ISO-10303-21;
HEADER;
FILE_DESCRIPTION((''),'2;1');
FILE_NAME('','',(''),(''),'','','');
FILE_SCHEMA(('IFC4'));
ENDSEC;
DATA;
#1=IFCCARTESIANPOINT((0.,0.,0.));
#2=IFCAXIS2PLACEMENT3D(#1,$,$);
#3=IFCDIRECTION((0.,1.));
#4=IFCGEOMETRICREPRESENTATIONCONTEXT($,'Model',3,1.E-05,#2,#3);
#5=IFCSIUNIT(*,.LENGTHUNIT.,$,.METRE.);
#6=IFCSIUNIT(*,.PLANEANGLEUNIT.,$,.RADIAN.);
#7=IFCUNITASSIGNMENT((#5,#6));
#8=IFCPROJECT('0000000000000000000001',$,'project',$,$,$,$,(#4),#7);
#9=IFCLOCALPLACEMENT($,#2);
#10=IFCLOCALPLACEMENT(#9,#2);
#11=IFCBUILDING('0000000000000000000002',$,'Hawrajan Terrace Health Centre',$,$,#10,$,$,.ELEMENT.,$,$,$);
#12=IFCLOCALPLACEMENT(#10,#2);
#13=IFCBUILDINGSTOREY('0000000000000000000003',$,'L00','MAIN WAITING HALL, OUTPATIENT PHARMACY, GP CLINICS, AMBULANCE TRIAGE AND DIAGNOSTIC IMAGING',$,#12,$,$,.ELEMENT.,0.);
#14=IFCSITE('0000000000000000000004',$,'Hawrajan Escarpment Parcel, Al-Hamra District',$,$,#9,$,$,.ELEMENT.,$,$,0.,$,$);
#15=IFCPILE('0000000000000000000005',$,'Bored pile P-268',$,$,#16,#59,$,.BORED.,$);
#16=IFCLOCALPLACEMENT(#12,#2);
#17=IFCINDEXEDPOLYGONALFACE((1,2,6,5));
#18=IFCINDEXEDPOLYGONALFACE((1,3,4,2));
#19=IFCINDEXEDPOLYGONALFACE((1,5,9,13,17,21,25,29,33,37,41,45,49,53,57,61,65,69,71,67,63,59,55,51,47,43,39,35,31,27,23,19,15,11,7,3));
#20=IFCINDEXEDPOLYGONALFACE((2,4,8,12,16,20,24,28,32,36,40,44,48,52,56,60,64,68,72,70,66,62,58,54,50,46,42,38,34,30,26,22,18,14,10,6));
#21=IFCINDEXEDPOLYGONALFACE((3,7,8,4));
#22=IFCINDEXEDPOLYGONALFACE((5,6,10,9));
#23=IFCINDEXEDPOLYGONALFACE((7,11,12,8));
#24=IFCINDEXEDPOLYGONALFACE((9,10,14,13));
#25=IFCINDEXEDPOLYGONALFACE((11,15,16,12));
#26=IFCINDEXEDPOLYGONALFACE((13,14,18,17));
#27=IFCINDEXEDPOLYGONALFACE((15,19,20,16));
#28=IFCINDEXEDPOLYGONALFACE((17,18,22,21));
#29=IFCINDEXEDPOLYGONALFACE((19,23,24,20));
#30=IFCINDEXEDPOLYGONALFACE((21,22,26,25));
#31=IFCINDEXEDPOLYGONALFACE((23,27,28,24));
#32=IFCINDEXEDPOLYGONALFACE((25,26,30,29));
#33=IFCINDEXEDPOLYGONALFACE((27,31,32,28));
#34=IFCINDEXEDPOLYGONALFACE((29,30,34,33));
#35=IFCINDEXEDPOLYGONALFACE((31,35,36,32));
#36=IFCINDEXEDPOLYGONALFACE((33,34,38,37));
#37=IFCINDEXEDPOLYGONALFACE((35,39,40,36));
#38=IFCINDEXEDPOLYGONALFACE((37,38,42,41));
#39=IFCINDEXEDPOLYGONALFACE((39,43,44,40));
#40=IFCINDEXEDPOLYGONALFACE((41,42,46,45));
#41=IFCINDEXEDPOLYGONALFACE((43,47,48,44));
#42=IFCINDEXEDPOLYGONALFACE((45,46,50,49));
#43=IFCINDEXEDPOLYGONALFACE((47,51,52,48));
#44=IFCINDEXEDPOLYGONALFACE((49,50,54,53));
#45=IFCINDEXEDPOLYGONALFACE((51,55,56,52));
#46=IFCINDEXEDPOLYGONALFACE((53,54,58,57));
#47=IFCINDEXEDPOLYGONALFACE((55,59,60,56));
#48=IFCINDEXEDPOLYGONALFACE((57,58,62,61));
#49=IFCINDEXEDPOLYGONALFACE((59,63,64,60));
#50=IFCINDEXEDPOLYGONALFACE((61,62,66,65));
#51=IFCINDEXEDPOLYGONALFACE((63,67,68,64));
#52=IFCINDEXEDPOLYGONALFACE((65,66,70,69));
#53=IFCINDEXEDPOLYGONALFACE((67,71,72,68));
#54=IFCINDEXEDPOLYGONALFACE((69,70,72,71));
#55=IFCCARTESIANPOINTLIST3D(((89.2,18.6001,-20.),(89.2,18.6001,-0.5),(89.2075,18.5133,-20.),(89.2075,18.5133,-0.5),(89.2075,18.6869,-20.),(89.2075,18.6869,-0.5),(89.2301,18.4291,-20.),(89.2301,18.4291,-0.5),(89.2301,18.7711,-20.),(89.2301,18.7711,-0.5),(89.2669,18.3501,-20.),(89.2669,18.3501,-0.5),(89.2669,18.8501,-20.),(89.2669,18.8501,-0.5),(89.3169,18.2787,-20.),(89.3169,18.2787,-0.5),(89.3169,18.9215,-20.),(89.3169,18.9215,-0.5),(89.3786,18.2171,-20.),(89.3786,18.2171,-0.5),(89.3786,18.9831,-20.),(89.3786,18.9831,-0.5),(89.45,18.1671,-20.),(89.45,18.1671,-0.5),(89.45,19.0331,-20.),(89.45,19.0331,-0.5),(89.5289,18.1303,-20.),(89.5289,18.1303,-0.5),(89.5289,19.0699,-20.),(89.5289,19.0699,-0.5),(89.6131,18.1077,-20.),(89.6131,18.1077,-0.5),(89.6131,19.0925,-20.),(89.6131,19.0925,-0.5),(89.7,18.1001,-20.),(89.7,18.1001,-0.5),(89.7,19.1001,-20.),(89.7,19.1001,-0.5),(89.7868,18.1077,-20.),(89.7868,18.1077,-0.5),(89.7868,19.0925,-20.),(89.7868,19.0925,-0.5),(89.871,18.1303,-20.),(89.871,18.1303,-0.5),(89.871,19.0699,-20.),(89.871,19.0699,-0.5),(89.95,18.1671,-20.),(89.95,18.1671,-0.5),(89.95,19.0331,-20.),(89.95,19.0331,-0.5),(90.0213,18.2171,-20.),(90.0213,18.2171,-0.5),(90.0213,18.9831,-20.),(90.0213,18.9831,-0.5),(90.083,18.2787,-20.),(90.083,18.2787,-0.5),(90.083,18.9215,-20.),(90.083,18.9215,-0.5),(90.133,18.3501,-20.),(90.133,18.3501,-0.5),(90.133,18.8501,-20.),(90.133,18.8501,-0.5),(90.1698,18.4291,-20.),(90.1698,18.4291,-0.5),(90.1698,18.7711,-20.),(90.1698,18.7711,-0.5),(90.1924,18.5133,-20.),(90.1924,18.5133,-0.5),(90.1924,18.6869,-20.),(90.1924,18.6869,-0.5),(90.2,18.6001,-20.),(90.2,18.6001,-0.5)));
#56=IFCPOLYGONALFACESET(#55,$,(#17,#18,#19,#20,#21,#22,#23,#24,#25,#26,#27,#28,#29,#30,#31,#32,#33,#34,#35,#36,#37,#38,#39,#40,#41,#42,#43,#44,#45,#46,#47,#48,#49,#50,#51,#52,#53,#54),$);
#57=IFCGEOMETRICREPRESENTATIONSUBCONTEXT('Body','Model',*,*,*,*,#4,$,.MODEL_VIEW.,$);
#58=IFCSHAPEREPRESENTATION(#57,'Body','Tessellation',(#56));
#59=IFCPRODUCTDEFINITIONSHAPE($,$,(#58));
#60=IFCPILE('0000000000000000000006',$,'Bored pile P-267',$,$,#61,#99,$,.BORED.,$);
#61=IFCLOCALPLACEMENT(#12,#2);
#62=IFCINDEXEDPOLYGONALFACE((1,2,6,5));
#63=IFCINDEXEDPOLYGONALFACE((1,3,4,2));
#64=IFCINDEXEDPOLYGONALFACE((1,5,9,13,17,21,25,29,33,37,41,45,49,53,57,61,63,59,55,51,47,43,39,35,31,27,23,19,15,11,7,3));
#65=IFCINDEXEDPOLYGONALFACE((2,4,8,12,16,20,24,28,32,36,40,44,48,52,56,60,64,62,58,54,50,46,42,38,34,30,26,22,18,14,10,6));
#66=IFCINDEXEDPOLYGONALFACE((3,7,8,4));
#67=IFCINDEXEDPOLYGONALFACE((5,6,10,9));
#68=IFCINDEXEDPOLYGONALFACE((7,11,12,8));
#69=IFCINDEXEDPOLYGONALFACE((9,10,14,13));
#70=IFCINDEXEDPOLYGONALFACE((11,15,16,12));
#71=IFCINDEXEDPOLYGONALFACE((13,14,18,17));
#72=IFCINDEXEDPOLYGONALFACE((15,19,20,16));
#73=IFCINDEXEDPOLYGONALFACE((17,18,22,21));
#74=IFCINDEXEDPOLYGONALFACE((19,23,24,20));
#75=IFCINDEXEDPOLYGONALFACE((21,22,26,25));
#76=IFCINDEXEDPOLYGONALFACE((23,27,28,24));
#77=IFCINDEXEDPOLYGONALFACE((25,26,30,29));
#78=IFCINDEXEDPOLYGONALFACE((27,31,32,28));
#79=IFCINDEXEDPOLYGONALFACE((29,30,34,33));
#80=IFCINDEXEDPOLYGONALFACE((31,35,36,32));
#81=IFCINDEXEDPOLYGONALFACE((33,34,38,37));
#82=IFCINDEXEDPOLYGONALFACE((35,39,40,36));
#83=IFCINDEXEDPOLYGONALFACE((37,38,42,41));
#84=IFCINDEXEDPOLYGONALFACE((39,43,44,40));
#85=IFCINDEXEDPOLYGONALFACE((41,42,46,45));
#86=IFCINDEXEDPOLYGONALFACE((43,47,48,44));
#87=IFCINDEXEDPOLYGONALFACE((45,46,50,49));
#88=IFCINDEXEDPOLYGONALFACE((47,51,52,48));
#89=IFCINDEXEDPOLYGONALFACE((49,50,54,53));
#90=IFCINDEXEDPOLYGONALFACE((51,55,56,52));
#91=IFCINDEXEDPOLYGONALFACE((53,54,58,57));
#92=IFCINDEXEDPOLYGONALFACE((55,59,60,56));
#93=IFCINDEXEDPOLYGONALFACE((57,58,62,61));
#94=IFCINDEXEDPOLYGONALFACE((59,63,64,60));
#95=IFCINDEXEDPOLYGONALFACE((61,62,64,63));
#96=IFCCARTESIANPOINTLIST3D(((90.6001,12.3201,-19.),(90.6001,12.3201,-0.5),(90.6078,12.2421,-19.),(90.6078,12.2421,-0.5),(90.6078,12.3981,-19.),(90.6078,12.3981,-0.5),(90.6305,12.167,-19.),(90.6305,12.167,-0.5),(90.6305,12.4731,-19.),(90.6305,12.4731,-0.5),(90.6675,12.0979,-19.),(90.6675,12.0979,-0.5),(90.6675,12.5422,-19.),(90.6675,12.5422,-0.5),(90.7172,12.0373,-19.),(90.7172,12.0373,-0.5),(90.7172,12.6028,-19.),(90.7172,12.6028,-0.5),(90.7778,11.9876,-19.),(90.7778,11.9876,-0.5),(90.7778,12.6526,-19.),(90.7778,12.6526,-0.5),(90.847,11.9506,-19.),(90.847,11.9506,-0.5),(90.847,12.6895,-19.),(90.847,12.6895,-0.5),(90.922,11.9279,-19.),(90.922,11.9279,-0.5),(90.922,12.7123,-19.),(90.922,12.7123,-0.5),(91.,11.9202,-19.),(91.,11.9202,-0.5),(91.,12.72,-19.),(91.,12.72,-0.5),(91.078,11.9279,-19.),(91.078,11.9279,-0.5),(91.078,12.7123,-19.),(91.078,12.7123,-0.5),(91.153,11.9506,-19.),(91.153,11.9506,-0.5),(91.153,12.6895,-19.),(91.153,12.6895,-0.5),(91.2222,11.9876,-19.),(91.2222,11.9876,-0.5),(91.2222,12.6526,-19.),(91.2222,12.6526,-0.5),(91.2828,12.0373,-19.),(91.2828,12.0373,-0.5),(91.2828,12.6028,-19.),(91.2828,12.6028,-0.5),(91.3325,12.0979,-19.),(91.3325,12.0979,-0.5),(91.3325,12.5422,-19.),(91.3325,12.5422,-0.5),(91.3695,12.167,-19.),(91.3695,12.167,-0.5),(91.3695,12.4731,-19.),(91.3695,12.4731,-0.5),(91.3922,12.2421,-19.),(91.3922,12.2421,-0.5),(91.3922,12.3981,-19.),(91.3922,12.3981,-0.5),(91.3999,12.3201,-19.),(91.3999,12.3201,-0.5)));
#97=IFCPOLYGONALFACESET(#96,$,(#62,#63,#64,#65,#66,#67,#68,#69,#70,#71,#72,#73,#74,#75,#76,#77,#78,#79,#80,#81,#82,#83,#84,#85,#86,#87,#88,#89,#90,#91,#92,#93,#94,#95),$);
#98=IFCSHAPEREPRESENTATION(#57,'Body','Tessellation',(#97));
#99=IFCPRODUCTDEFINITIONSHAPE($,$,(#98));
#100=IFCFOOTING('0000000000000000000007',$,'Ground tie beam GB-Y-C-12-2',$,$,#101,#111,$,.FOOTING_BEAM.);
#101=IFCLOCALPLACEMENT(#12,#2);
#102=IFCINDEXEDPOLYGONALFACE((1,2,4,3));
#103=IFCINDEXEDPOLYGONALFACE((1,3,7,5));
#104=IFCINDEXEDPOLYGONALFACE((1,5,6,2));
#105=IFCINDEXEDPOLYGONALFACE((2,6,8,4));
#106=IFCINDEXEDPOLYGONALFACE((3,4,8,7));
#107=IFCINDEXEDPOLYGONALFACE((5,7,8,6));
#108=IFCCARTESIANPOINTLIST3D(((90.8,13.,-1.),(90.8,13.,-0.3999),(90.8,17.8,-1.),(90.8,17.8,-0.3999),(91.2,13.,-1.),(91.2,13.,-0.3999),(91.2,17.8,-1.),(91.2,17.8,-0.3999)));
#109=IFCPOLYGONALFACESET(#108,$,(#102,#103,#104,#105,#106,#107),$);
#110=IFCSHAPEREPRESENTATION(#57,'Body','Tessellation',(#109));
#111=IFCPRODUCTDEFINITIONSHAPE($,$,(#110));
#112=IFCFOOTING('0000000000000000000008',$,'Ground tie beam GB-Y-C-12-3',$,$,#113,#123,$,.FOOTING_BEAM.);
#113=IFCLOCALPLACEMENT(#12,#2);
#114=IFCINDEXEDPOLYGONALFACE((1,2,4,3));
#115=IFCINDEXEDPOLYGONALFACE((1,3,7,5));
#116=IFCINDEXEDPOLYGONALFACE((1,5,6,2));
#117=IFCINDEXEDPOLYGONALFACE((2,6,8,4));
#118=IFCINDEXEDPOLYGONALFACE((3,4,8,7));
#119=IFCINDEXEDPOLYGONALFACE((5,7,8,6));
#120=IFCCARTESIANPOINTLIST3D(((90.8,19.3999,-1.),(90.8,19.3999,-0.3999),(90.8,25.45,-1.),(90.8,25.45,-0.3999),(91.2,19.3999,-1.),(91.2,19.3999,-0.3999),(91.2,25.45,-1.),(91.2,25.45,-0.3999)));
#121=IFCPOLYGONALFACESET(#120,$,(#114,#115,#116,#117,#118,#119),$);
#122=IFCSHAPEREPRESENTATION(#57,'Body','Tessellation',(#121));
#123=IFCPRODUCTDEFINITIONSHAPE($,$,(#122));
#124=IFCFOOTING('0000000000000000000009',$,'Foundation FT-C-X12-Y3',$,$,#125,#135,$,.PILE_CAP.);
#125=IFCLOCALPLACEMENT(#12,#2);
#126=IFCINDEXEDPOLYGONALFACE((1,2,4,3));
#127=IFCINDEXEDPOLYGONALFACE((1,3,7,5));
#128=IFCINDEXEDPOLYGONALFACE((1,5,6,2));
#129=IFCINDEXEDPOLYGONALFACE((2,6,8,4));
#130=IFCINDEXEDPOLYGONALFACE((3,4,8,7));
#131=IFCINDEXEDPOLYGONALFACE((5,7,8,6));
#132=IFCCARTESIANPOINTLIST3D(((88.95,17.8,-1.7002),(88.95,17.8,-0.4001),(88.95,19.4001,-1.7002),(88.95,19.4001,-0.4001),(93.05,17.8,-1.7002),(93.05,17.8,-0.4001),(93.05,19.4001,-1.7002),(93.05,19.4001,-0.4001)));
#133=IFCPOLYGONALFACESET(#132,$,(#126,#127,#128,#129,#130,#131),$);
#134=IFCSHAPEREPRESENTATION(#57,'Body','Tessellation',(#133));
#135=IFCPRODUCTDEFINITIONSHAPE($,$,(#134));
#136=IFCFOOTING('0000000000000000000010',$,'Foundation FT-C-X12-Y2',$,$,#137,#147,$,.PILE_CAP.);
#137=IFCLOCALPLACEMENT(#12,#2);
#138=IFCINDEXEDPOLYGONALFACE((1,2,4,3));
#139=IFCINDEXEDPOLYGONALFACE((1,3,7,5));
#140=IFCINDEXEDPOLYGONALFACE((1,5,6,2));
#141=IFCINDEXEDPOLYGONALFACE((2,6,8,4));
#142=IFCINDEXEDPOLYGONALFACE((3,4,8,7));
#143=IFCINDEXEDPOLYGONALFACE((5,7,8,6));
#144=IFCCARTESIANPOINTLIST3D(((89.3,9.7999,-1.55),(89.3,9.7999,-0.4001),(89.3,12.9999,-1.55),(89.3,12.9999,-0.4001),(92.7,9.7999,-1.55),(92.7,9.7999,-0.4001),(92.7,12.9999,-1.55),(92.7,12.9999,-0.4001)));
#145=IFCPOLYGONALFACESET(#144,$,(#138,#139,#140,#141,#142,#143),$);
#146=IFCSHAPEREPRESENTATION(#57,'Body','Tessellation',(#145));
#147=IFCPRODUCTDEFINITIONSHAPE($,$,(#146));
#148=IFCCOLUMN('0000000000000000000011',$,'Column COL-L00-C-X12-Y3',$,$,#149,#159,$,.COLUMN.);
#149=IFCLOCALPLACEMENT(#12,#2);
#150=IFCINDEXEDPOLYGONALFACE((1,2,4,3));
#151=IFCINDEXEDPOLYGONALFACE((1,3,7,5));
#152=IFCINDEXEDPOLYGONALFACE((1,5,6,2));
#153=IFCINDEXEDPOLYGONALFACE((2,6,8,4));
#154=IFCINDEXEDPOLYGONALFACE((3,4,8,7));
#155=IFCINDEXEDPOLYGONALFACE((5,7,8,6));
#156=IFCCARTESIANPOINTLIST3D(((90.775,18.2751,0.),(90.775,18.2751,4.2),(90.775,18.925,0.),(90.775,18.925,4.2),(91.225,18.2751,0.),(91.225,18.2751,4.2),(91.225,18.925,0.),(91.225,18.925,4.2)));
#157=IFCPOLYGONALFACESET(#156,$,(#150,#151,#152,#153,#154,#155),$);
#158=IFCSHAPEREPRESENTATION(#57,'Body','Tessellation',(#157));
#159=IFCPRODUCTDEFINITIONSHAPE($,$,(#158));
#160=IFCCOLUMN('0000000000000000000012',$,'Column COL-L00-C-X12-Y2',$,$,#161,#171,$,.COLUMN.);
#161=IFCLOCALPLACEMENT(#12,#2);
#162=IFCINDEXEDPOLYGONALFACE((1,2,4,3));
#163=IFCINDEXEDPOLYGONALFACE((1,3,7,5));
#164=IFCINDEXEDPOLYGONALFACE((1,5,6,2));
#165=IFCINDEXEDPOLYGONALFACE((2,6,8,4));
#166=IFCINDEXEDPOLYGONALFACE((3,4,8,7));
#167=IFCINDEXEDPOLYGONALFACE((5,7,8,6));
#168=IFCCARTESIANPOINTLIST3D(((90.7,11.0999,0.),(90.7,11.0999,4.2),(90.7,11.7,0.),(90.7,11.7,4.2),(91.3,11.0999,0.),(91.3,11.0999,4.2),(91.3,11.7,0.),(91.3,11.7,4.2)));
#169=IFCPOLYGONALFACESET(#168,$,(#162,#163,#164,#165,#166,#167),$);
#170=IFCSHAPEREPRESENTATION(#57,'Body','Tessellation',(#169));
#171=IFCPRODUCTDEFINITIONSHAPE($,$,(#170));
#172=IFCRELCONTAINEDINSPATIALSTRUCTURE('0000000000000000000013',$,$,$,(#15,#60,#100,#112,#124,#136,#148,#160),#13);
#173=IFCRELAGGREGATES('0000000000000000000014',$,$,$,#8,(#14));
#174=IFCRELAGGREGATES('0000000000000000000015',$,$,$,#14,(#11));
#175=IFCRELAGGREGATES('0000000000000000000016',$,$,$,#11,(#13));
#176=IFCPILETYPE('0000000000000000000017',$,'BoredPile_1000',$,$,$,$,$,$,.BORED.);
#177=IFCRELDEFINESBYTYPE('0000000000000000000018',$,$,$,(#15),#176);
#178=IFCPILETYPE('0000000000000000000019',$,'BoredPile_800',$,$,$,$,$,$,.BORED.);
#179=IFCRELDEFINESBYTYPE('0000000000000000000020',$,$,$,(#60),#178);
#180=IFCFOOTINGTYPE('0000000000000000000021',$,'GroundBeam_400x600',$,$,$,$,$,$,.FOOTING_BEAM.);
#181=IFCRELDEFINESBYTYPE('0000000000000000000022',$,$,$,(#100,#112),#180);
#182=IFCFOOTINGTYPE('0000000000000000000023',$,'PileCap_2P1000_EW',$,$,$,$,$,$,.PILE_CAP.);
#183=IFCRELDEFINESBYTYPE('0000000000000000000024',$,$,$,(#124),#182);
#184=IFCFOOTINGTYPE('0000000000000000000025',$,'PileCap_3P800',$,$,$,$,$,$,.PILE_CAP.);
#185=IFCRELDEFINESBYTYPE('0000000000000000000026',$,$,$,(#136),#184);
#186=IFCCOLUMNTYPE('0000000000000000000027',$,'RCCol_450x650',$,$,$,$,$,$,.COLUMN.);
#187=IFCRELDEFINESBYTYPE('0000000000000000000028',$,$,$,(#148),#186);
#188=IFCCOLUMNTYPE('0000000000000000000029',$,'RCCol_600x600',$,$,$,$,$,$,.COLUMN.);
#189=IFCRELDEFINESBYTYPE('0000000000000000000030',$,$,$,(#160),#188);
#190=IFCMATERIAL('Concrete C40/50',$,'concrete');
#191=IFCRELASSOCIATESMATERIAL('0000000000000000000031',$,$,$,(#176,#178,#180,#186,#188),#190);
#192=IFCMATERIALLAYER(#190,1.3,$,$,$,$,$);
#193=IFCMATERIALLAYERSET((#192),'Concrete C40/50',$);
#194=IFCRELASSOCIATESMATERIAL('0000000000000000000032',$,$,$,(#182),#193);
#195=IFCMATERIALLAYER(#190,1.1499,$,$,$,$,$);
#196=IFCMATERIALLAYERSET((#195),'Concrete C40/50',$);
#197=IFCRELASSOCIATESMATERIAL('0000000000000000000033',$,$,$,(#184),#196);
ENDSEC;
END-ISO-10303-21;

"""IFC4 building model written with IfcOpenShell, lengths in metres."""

from ifc_helpers import new_model, si_unit, direction, frame, origin, origin_2d, place, context, subcontext, project, spatial, rectangle, circle, extrude, material, layer, layer_set, material_profile, profile_set, type_object, element, save


model = new_model("IFC4")

# Units and contexts
model_context = context("Model", 3, precision=1e-05, world=origin(), true_north=direction((0.0, 1.0)))
body_context = subcontext(model_context, "Body", "Model", "MODEL_VIEW")
ifc_project = project(units=[si_unit("LENGTHUNIT", "METRE"), si_unit("PLANEANGLEUNIT", "RADIAN")], contexts=[model_context])

# Site, building, storey
site_placement = place(None, origin())
site = spatial("IfcSite", under=ifc_project, at=site_placement, Name="Hawrajan Escarpment Parcel, Al-Hamra District", CompositionType="ELEMENT", RefElevation=0.0)
building_placement = place(site_placement, origin())
building = spatial("IfcBuilding", under=site, at=building_placement, Name="Hawrajan Terrace Health Centre", CompositionType="ELEMENT")
storey_placement = place(building_placement, origin())
storey = spatial("IfcBuildingStorey", under=building, at=storey_placement, Name="L00", Description="MAIN WAITING HALL, OUTPATIENT PHARMACY, GP CLINICS, AMBULANCE TRIAGE AND DIAGNOSTIC IMAGING", CompositionType="ELEMENT", Elevation=0.0)

# Piles
ifc_material_1 = material(Name="Concrete C40/50", Category="concrete")
ifc_material_profile_1 = material_profile(ifc_material_1, circle(Radius=0.5, at=origin_2d()), Name="BP 1000")
ifc_profile_set_1 = profile_set([ifc_material_profile_1], Name="Concrete C40/50")
pile_type_1 = type_object("IfcPileType", Name="BoredPile_1000", PredefinedType="BORED", material=ifc_profile_set_1)
pile_1_placement = place(storey_placement, frame((89.7, 18.6001, -0.5), z_axis=(0.0, 0.0, -1.0), x_axis=(1.0, 0.0, 0.0)))
element("IfcPile", 1, at=pile_1_placement, inside=storey, type_object=pile_type_1, Name="Bored pile P-268", PredefinedType="BORED", context=body_context, shape_type="SweptSolid", body=[
    extrude(circle(Radius=0.5, at=origin_2d()), origin(), (0.0, 0.0, 1.0), 19.5),
])
ifc_material_profile_2 = material_profile(ifc_material_1, circle(Radius=0.3999, at=origin_2d()), Name="BP 800")
ifc_profile_set_2 = profile_set([ifc_material_profile_2], Name="Concrete C40/50")
pile_type_2 = type_object("IfcPileType", Name="BoredPile_800", PredefinedType="BORED", material=ifc_profile_set_2)
pile_2_placement = place(storey_placement, frame((91.0, 12.3201, -0.5), z_axis=(0.0, 0.0, -1.0), x_axis=(1.0, 0.0, 0.0)))
element("IfcPile", 2, at=pile_2_placement, inside=storey, type_object=pile_type_2, Name="Bored pile P-267", PredefinedType="BORED", context=body_context, shape_type="SweptSolid", body=[
    extrude(circle(Radius=0.3999, at=origin_2d()), origin(), (0.0, 0.0, 1.0), 18.5),
])

# Footings
ifc_material_profile_3 = material_profile(ifc_material_1, rectangle(XDim=0.3999, YDim=0.6001, at=origin_2d()), Name="RC BM 400x600")
ifc_profile_set_3 = profile_set([ifc_material_profile_3], Name="Concrete C40/50")
footing_type_1 = type_object("IfcFootingType", Name="GroundBeam_400x600", PredefinedType="FOOTING_BEAM", material=ifc_profile_set_3)
footing_1_placement = place(storey_placement, frame((91.0, 13.0, -0.7), z_axis=(0.0, 1.0, 0.0), x_axis=(-1.0, 0.0, 0.0)))
element("IfcFooting", 3, at=footing_1_placement, inside=storey, type_object=footing_type_1, Name="Ground tie beam GB-Y-C-12-2", PredefinedType="FOOTING_BEAM", context=body_context, shape_type="SweptSolid", body=[
    extrude(rectangle(XDim=0.3999, YDim=0.6001, at=origin_2d()), origin(), (0.0, 0.0, 1.0), 4.8),
])
footing_2_placement = place(storey_placement, frame((91.0, 19.3999, -0.7), z_axis=(0.0, 1.0, 0.0), x_axis=(-1.0, 0.0, 0.0)))
element("IfcFooting", 4, at=footing_2_placement, inside=storey, type_object=footing_type_1, Name="Ground tie beam GB-Y-C-12-3", PredefinedType="FOOTING_BEAM", context=body_context, shape_type="SweptSolid", body=[
    extrude(rectangle(XDim=0.3999, YDim=0.6001, at=origin_2d()), origin(), (0.0, 0.0, 1.0), 6.05),
])
ifc_layer_1 = layer(ifc_material_1, 1.3)
ifc_layer_set_1 = layer_set([ifc_layer_1], Name="Concrete C40/50")
footing_type_2 = type_object("IfcFootingType", Name="PileCap_2P1000_EW", PredefinedType="PILE_CAP", material=ifc_layer_set_1)
footing_3_placement = place(storey_placement, frame((91.0, 18.6001, -1.7002), z_axis=(0.0, 0.0, 1.0), x_axis=(1.0, 0.0, 0.0)))
element("IfcFooting", 5, at=footing_3_placement, inside=storey, type_object=footing_type_2, Name="Foundation FT-C-X12-Y3", PredefinedType="PILE_CAP", context=body_context, shape_type="SweptSolid", body=[
    extrude(rectangle(XDim=4.1001, YDim=1.6001, at=origin_2d()), origin(), (0.0, 0.0, 1.0), 1.3),
])
ifc_layer_2 = layer(ifc_material_1, 1.1499)
ifc_layer_set_2 = layer_set([ifc_layer_2], Name="Concrete C40/50")
footing_type_3 = type_object("IfcFootingType", Name="PileCap_3P800", PredefinedType="PILE_CAP", material=ifc_layer_set_2)
footing_4_placement = place(storey_placement, frame((91.0, 11.3999, -1.55), z_axis=(0.0, 0.0, 1.0), x_axis=(1.0, 0.0, 0.0)))
element("IfcFooting", 6, at=footing_4_placement, inside=storey, type_object=footing_type_3, Name="Foundation FT-C-X12-Y2", PredefinedType="PILE_CAP", context=body_context, shape_type="SweptSolid", body=[
    extrude(rectangle(XDim=3.3999, YDim=3.2, at=origin_2d()), origin(), (0.0, 0.0, 1.0), 1.1499),
])

# Columns
ifc_material_profile_4 = material_profile(ifc_material_1, rectangle(XDim=0.45, YDim=0.6499, at=origin_2d()), Name="RC 450x650")
ifc_profile_set_4 = profile_set([ifc_material_profile_4], Name="Concrete C40/50")
column_type_1 = type_object("IfcColumnType", Name="RCCol_450x650", PredefinedType="COLUMN", material=ifc_profile_set_4)
column_1_placement = place(storey_placement, frame((91.0, 18.6001, 0.0), z_axis=(0.0, 0.0, 1.0), x_axis=(1.0, 0.0, 0.0)))
element("IfcColumn", 7, at=column_1_placement, inside=storey, type_object=column_type_1, Name="Column COL-L00-C-X12-Y3", PredefinedType="COLUMN", context=body_context, shape_type="SweptSolid", body=[
    extrude(rectangle(XDim=0.45, YDim=0.6499, at=origin_2d()), origin(), (0.0, 0.0, 1.0), 4.2),
])
ifc_material_profile_5 = material_profile(ifc_material_1, rectangle(XDim=0.6001, YDim=0.6001, at=origin_2d()), Name="RC 600x600")
ifc_profile_set_5 = profile_set([ifc_material_profile_5], Name="Concrete C40/50")
column_type_2 = type_object("IfcColumnType", Name="RCCol_600x600", PredefinedType="COLUMN", material=ifc_profile_set_5)
column_2_placement = place(storey_placement, frame((91.0, 11.3999, 0.0), z_axis=(0.0, 0.0, 1.0), x_axis=(1.0, 0.0, 0.0)))
element("IfcColumn", 8, at=column_2_placement, inside=storey, type_object=column_type_2, Name="Column COL-L00-C-X12-Y2", PredefinedType="COLUMN", context=body_context, shape_type="SweptSolid", body=[
    extrude(rectangle(XDim=0.6001, YDim=0.6001, at=origin_2d()), origin(), (0.0, 0.0, 1.0), 4.2),
])

save(model, "model.ifc")
